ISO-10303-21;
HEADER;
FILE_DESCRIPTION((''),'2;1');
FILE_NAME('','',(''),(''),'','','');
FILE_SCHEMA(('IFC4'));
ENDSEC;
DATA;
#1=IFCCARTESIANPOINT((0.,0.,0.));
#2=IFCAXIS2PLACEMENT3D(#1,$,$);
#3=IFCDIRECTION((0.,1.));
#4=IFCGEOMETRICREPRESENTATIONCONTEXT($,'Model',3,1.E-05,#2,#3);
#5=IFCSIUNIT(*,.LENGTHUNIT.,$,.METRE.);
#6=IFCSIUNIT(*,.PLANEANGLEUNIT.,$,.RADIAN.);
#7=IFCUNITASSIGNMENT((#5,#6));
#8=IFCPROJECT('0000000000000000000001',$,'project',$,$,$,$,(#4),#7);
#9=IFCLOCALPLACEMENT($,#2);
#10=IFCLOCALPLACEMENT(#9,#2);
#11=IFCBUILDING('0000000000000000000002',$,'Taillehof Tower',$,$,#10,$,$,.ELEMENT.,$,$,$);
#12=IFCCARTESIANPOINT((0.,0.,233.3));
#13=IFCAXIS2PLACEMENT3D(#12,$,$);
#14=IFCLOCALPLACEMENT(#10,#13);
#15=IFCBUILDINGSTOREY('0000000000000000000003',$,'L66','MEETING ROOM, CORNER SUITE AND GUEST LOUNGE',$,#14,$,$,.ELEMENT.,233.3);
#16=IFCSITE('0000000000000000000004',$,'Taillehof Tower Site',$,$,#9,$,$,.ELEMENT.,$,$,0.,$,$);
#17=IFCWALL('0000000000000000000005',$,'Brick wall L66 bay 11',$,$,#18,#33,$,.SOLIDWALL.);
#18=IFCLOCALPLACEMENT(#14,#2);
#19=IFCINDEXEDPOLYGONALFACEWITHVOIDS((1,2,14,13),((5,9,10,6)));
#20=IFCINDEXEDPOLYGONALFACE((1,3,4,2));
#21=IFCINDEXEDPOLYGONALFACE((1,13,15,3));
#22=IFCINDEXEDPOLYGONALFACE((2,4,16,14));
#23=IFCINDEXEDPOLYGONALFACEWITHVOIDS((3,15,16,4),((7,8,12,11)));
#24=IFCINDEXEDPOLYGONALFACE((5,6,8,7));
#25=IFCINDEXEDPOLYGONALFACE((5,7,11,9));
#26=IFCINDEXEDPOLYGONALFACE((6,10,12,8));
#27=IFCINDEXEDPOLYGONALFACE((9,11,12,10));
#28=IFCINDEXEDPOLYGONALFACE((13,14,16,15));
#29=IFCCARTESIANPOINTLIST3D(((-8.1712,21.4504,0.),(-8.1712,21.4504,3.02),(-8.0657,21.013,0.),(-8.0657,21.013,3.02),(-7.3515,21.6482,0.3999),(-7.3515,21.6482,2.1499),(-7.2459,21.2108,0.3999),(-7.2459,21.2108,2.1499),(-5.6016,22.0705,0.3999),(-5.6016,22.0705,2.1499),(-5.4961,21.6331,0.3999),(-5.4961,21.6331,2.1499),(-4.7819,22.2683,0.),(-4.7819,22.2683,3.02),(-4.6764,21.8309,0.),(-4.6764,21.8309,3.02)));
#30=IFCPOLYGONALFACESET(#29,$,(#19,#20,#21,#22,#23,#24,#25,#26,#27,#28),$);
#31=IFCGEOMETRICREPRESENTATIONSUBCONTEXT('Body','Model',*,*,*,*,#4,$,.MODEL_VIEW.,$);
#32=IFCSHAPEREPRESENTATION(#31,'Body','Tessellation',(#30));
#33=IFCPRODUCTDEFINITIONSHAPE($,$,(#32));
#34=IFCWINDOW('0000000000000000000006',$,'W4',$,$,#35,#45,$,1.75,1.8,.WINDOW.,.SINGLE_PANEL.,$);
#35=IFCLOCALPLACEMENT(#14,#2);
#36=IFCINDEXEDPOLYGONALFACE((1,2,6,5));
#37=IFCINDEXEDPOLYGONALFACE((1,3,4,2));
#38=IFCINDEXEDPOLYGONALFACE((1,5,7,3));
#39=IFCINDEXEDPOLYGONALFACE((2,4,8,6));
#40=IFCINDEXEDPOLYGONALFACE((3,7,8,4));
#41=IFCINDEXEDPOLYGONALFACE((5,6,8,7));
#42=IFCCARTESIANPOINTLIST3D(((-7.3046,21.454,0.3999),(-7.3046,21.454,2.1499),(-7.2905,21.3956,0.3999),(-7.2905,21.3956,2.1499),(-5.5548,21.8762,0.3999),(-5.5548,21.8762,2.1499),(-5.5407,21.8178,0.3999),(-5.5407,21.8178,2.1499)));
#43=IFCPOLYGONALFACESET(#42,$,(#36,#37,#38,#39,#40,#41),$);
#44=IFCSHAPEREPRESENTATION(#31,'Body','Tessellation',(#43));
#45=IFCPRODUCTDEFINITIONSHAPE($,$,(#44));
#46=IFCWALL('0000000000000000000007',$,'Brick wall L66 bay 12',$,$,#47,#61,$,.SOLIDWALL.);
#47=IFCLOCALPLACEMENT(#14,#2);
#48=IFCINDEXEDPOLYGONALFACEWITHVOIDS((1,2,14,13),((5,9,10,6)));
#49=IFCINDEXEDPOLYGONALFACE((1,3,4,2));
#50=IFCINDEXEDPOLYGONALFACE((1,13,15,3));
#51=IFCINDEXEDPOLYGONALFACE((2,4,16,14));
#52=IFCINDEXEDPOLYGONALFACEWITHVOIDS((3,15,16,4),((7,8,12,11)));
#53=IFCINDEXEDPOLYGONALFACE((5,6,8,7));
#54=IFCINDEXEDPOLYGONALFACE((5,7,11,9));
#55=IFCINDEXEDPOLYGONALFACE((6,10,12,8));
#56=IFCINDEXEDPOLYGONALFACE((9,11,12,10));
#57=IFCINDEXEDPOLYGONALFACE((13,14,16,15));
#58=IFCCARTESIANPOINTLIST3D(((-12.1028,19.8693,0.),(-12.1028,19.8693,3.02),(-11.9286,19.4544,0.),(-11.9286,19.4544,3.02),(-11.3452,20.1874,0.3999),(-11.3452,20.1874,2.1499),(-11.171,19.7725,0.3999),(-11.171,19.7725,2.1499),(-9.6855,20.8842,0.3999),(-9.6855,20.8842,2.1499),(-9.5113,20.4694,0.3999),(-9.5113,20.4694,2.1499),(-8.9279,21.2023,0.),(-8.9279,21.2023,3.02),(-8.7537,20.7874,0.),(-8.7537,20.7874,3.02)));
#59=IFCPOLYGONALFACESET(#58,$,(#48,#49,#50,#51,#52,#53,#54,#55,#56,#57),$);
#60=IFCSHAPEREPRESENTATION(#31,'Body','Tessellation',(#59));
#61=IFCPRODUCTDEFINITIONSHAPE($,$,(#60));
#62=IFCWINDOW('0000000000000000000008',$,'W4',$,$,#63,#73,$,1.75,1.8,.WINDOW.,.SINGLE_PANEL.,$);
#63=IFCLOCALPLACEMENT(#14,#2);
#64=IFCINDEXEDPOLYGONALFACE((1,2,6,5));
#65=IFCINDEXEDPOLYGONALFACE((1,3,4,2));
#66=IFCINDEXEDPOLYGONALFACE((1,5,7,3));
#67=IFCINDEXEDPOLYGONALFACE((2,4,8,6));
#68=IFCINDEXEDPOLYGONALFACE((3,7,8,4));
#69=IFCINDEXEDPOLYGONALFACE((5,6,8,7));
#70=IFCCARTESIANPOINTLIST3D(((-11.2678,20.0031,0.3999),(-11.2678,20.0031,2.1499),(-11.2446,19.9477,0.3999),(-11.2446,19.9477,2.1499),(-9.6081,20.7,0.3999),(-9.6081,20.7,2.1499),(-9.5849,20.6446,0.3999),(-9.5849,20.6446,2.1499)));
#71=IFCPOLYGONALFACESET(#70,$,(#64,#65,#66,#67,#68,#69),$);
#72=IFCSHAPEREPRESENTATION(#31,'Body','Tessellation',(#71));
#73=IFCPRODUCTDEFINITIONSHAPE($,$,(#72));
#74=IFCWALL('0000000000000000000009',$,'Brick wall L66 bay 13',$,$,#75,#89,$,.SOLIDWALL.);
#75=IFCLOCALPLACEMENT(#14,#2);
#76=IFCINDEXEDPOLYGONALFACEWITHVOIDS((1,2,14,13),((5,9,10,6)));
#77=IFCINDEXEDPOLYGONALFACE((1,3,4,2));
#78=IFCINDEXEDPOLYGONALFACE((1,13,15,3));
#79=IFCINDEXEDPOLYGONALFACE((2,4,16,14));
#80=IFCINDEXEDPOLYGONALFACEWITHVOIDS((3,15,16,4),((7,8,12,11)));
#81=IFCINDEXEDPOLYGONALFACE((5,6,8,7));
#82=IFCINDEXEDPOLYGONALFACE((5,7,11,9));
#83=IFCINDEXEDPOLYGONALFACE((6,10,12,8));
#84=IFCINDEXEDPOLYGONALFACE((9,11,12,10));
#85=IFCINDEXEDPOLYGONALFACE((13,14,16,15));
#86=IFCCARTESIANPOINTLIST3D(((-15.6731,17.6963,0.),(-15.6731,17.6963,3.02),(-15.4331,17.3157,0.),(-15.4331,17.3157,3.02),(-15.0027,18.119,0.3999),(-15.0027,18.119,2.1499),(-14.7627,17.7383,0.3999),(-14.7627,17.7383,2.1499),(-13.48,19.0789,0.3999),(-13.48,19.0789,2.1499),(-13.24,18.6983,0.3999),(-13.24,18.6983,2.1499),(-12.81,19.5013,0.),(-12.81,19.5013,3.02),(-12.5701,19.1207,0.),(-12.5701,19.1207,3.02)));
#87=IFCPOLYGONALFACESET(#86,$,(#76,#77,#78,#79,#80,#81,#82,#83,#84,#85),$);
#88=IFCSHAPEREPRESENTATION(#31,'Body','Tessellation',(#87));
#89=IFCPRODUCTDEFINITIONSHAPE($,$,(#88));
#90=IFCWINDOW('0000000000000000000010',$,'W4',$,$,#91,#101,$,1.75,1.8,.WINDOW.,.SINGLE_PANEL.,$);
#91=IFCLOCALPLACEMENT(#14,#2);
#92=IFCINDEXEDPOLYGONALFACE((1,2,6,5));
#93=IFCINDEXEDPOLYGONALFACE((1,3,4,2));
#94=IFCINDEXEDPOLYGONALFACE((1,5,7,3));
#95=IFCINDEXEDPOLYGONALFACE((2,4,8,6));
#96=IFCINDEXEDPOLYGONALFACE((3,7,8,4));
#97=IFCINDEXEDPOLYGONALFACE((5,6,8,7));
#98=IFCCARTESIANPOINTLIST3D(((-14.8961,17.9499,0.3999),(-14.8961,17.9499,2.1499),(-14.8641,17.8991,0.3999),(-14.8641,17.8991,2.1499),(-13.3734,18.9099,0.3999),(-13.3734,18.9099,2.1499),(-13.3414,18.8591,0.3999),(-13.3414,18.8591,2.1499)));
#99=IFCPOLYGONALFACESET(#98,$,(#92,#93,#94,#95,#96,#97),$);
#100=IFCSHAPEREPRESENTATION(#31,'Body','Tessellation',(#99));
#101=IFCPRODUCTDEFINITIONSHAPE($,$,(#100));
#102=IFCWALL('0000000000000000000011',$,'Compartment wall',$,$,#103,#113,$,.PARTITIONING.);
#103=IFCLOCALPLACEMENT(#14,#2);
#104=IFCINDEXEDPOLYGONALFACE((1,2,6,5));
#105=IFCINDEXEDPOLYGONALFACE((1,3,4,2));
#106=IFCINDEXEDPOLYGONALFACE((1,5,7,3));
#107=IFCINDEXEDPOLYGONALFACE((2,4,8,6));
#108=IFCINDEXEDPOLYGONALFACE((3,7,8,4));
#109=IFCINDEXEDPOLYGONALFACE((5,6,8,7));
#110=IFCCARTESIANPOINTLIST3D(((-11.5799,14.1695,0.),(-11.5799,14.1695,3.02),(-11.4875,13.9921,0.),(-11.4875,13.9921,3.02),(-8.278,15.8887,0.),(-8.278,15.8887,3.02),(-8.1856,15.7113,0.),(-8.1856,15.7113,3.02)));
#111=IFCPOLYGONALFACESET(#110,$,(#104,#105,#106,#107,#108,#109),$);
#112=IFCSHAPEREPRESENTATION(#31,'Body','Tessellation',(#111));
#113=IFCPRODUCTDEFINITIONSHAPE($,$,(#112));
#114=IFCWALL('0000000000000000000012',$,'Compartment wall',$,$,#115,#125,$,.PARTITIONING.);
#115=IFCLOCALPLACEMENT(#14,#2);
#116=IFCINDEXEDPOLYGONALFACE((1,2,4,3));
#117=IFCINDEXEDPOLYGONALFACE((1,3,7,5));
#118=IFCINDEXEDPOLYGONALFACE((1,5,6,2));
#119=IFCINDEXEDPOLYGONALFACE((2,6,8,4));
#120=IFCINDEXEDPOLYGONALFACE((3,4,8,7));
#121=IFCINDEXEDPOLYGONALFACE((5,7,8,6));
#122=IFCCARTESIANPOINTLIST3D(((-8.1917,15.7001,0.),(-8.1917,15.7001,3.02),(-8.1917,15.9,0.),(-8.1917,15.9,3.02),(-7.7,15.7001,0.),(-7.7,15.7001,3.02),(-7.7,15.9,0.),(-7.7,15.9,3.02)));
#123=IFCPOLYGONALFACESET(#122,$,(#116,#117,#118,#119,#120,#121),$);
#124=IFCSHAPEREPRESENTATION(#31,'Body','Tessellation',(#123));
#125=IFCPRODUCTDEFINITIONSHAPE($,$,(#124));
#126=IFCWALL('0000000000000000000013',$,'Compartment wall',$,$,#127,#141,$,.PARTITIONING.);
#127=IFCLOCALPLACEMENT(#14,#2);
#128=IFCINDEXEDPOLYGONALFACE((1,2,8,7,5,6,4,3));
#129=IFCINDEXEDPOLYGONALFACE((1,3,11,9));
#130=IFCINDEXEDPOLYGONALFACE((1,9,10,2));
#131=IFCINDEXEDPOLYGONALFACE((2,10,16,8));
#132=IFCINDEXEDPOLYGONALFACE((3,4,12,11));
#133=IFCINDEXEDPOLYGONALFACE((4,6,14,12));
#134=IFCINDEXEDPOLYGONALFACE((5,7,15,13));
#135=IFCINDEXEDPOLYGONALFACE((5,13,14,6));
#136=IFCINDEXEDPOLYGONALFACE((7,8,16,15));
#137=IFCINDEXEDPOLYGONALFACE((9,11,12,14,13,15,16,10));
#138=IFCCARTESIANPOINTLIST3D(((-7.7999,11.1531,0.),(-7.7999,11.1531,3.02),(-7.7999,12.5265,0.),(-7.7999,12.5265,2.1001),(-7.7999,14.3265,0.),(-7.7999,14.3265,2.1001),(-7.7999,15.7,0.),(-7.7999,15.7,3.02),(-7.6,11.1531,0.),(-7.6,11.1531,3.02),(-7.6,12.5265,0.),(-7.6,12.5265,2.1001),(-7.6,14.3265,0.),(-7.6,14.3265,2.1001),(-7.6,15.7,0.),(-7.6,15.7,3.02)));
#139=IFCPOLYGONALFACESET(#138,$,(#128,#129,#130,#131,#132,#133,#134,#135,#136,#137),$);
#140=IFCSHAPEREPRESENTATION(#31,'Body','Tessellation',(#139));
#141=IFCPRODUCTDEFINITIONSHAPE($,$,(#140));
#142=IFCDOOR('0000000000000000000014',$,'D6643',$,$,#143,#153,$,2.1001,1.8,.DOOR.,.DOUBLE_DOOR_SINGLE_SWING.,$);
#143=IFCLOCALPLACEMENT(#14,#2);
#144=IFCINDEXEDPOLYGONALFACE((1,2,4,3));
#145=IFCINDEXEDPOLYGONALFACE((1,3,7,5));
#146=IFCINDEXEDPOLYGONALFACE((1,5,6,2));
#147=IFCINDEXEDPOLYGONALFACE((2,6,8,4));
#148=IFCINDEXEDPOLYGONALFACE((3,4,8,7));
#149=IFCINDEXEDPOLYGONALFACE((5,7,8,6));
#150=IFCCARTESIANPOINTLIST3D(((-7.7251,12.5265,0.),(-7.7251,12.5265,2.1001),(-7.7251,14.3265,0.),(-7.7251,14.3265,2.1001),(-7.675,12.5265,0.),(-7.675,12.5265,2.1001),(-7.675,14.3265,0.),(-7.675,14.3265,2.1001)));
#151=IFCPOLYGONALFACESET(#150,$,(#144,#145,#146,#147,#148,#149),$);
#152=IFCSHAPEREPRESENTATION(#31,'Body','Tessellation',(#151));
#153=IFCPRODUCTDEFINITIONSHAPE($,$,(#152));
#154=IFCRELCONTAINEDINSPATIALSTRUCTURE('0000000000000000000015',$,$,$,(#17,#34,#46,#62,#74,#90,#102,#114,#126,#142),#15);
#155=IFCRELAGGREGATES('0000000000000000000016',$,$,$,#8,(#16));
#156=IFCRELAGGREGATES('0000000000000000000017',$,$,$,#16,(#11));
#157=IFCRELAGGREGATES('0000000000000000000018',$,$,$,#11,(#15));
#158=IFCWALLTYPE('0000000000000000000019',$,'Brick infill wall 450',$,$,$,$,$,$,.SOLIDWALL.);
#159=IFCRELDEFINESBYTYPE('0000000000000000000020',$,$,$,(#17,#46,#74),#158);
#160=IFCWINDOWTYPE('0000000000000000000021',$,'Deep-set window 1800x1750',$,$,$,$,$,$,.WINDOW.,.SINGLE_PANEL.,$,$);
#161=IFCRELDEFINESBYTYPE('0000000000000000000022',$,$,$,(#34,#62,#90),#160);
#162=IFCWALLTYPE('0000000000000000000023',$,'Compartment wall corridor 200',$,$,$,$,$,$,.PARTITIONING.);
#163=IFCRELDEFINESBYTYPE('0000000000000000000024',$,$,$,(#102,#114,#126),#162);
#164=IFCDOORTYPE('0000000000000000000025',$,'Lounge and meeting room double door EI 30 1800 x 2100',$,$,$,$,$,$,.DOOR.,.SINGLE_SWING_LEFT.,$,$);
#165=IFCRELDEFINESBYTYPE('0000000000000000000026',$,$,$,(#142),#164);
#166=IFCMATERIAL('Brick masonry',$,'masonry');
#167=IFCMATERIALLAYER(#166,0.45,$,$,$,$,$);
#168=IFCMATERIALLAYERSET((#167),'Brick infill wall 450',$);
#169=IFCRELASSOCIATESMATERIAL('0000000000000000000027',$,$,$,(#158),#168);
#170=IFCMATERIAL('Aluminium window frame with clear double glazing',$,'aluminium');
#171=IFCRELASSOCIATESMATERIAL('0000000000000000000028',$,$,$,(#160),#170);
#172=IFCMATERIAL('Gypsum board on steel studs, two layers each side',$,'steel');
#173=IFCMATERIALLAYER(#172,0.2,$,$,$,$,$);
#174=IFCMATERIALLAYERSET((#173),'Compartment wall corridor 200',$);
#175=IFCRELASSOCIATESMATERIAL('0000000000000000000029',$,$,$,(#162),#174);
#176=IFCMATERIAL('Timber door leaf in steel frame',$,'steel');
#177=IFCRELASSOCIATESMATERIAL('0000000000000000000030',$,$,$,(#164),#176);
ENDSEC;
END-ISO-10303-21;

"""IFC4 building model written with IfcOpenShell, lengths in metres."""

from ifc_helpers import new_model, si_unit, direction, frame, frame_2d, origin, place, context, subcontext, project, spatial, rectangle, extrude, material, layer, layer_set, type_object, element, fill, save


model = new_model("IFC4")

# Units and contexts
model_context = context("Model", 3, precision=1e-05, world=origin(), true_north=direction((0.0, 1.0)))
body_context = subcontext(model_context, "Body", "Model", "MODEL_VIEW")
ifc_project = project(units=[si_unit("LENGTHUNIT", "METRE"), si_unit("PLANEANGLEUNIT", "RADIAN")], contexts=[model_context])

# Site, building, storey
site_placement = place(None, origin())
site = spatial("IfcSite", under=ifc_project, at=site_placement, Name="Taillehof Tower Site", CompositionType="ELEMENT", RefElevation=0.0)
building_placement = place(site_placement, origin())
building = spatial("IfcBuilding", under=site, at=building_placement, Name="Taillehof Tower", CompositionType="ELEMENT")
storey_placement = place(building_placement, frame((0.0, 0.0, 233.3)))
storey = spatial("IfcBuildingStorey", under=building, at=storey_placement, Name="L66", Description="MEETING ROOM, CORNER SUITE AND GUEST LOUNGE", CompositionType="ELEMENT", Elevation=233.3)

# Walls, openings, windows
ifc_material_1 = material(Name="Brick masonry", Category="masonry")
ifc_layer_1 = layer(ifc_material_1, 0.45)
ifc_layer_set_1 = layer_set([ifc_layer_1], Name="Brick infill wall 450")
wall_type_1 = type_object("IfcWallType", Name="Brick infill wall 450", PredefinedType="SOLIDWALL", material=ifc_layer_set_1)
ifc_material_2 = material(Name="Aluminium window frame with clear double glazing", Category="aluminium")
window_type = type_object("IfcWindowType", Name="Deep-set window 1800x1750", PartitioningType="SINGLE_PANEL", PredefinedType="WINDOW", material=ifc_material_2)
wall_1_placement = place(storey_placement, frame((-4.7292, 22.0496, 0.0), z_axis=(0.0, 0.0, 1.0), x_axis=(-0.972099, -0.23457, 0.0)))
wall_1 = element("IfcWall", 1, at=wall_1_placement, inside=storey, type_object=wall_type_1, Name="Brick wall L66 bay 11", PredefinedType="SOLIDWALL", context=body_context, shape_type="SweptSolid", body=[
    extrude(rectangle(XDim=3.4866, YDim=0.45, at=frame_2d((1.7432, 0.0))), origin(), (0.0, 0.0, 1.0), 3.02),
])
opening_1_placement = place(wall_1_placement, frame((0.8433, 0.0, 0.3999)))
opening_1 = element("IfcOpeningElement", 2, at=opening_1_placement, cuts=wall_1, PredefinedType="OPENING", context=body_context, shape_type="SweptSolid", body=[
    extrude(rectangle(XDim=1.8, YDim=1.75, at=frame_2d((0.8999, 0.875))), frame((0.0, 0.2349, 0.0), z_axis=(0.0, -1.0, 0.0), x_axis=(1.0, 0.0, 0.0)), (0.0, 0.0, 1.0), 0.47),
])
window_1_placement = place(opening_1_placement, origin())
window_1 = element("IfcWindow", 3, at=window_1_placement, inside=storey, type_object=window_type, Name="W4", OverallHeight=1.75, OverallWidth=1.8, PartitioningType="SINGLE_PANEL", PredefinedType="WINDOW", context=body_context, shape_type="SweptSolid", body=[
    extrude(rectangle(XDim=1.8, YDim=1.75, at=frame_2d((0.8999, 0.875))), frame((0.0, 0.0349, 0.0), z_axis=(0.0, -1.0, 0.0), x_axis=(1.0, 0.0, 0.0)), (0.0, 0.0, 1.0), 0.0601),
])
fill(opening_1, window_1)
wall_2_placement = place(storey_placement, frame((-8.8408, 20.9949, 0.0), z_axis=(0.0, 0.0, 1.0), x_axis=(-0.922025, -0.387131, 0.0)))
wall_2 = element("IfcWall", 4, at=wall_2_placement, inside=storey, type_object=wall_type_1, Name="Brick wall L66 bay 12", PredefinedType="SOLIDWALL", context=body_context, shape_type="SweptSolid", body=[
    extrude(rectangle(XDim=3.4434, YDim=0.45, at=frame_2d((1.7217, 0.0))), origin(), (0.0, 0.0, 1.0), 3.02),
])
opening_2_placement = place(wall_2_placement, frame((0.8218, 0.0, 0.3999)))
opening_2 = element("IfcOpeningElement", 5, at=opening_2_placement, cuts=wall_2, PredefinedType="OPENING", context=body_context, shape_type="SweptSolid", body=[
    extrude(rectangle(XDim=1.8, YDim=1.75, at=frame_2d((0.8999, 0.875))), frame((0.0, 0.2349, 0.0), z_axis=(0.0, -1.0, 0.0), x_axis=(1.0, 0.0, 0.0)), (0.0, 0.0, 1.0), 0.47),
])
window_2_placement = place(opening_2_placement, origin())
window_2 = element("IfcWindow", 6, at=window_2_placement, inside=storey, type_object=window_type, Name="W4", OverallHeight=1.75, OverallWidth=1.8, PartitioningType="SINGLE_PANEL", PredefinedType="WINDOW", context=body_context, shape_type="SweptSolid", body=[
    extrude(rectangle(XDim=1.8, YDim=1.75, at=frame_2d((0.8999, 0.875))), frame((0.0, 0.0349, 0.0), z_axis=(0.0, -1.0, 0.0), x_axis=(1.0, 0.0, 0.0)), (0.0, 0.0, 1.0), 0.0601),
])
fill(opening_2, window_2)
wall_3_placement = place(storey_placement, frame((-12.6899, 19.311, 0.0), z_axis=(0.0, 0.0, 1.0), x_axis=(-0.845929, -0.533295, 0.0)))
wall_3 = element("IfcWall", 7, at=wall_3_placement, inside=storey, type_object=wall_type_1, Name="Brick wall L66 bay 13", PredefinedType="SOLIDWALL", context=body_context, shape_type="SweptSolid", body=[
    extrude(rectangle(XDim=3.3845, YDim=0.45, at=frame_2d((1.6924, 0.0))), origin(), (0.0, 0.0, 1.0), 3.02),
])
opening_3_placement = place(wall_3_placement, frame((0.7922, 0.0, 0.3999)))
opening_3 = element("IfcOpeningElement", 8, at=opening_3_placement, cuts=wall_3, PredefinedType="OPENING", context=body_context, shape_type="SweptSolid", body=[
    extrude(rectangle(XDim=1.8, YDim=1.75, at=frame_2d((0.8999, 0.875))), frame((0.0, 0.2349, 0.0), z_axis=(0.0, -1.0, 0.0), x_axis=(1.0, 0.0, 0.0)), (0.0, 0.0, 1.0), 0.47),
])
window_3_placement = place(opening_3_placement, origin())
window_3 = element("IfcWindow", 9, at=window_3_placement, inside=storey, type_object=window_type, Name="W4", OverallHeight=1.75, OverallWidth=1.8, PartitioningType="SINGLE_PANEL", PredefinedType="WINDOW", context=body_context, shape_type="SweptSolid", body=[
    extrude(rectangle(XDim=1.8, YDim=1.75, at=frame_2d((0.8999, 0.875))), frame((0.0, 0.0349, 0.0), z_axis=(0.0, -1.0, 0.0), x_axis=(1.0, 0.0, 0.0)), (0.0, 0.0, 1.0), 0.0601),
])
fill(opening_3, window_3)

# Walls
ifc_material_3 = material(Name="Gypsum board on steel studs, two layers each side", Category="steel")
ifc_layer_2 = layer(ifc_material_3, 0.2)
ifc_layer_set_2 = layer_set([ifc_layer_2], Name="Compartment wall corridor 200")
wall_type_2 = type_object("IfcWallType", Name="Compartment wall corridor 200", PredefinedType="PARTITIONING", material=ifc_layer_set_2)
wall_4_placement = place(storey_placement, frame((-11.5337, 14.0808, 0.0), z_axis=(0.0, 0.0, 1.0), x_axis=(0.886975, 0.461817, 0.0)))
element("IfcWall", 10, at=wall_4_placement, inside=storey, type_object=wall_type_2, Name="Compartment wall", PredefinedType="PARTITIONING", context=body_context, shape_type="SweptSolid", body=[
    extrude(rectangle(XDim=3.7227, YDim=0.2, at=frame_2d((1.8613, 0.0))), origin(), (0.0, 0.0, 1.0), 3.02),
])
wall_5_placement = place(storey_placement, frame((-8.1917, 15.8, 0.0), z_axis=(0.0, 0.0, 1.0), x_axis=(1.0, 0.0, 0.0)))
element("IfcWall", 11, at=wall_5_placement, inside=storey, type_object=wall_type_2, Name="Compartment wall", PredefinedType="PARTITIONING", context=body_context, shape_type="SweptSolid", body=[
    extrude(rectangle(XDim=0.4917, YDim=0.2, at=frame_2d((0.2458, 0.0))), origin(), (0.0, 0.0, 1.0), 3.02),
])

# Wall, opening, door
wall_6_placement = place(storey_placement, frame((-7.7, 15.7, 0.0), z_axis=(0.0, 0.0, 1.0), x_axis=(0.0, -1.0, 0.0)))
wall_6 = element("IfcWall", 12, at=wall_6_placement, inside=storey, type_object=wall_type_2, Name="Compartment wall", PredefinedType="PARTITIONING", context=body_context, shape_type="SweptSolid", body=[
    extrude(rectangle(XDim=4.5469, YDim=0.2, at=frame_2d((2.2734, 0.0))), origin(), (0.0, 0.0, 1.0), 3.02),
])
opening_4_placement = place(wall_6_placement, frame((1.3735, 0.0, 0.0)))
opening_4 = element("IfcOpeningElement", 13, at=opening_4_placement, cuts=wall_6, PredefinedType="OPENING", context=body_context, shape_type="SweptSolid", body=[
    extrude(rectangle(XDim=1.8, YDim=2.1001, at=frame_2d((0.8999, 1.05))), frame((0.0, 0.1099, 0.0), z_axis=(0.0, -1.0, 0.0), x_axis=(1.0, 0.0, 0.0)), (0.0, 0.0, 1.0), 0.22),
])
ifc_material_4 = material(Name="Timber door leaf in steel frame", Category="steel")
door_type_1 = type_object("IfcDoorType", Name="Lounge and meeting room double door EI 30 1800 x 2100", OperationType="SINGLE_SWING_LEFT", PredefinedType="DOOR", material=ifc_material_4)
door_1_placement = place(opening_4_placement, origin())
door_1 = element("IfcDoor", 14, at=door_1_placement, inside=storey, type_object=door_type_1, Name="D6643", OperationType="DOUBLE_DOOR_SINGLE_SWING", OverallHeight=2.1001, OverallWidth=1.8, PredefinedType="DOOR", context=body_context, shape_type="SweptSolid", body=[
    extrude(rectangle(XDim=1.8, YDim=2.1001, at=frame_2d((0.8999, 1.05))), frame((0.0, 0.0249, 0.0), z_axis=(0.0, -1.0, 0.0), x_axis=(1.0, 0.0, 0.0)), (0.0, 0.0, 1.0), 0.05),
])
fill(opening_4, door_1)

save(model, "model.ifc")
